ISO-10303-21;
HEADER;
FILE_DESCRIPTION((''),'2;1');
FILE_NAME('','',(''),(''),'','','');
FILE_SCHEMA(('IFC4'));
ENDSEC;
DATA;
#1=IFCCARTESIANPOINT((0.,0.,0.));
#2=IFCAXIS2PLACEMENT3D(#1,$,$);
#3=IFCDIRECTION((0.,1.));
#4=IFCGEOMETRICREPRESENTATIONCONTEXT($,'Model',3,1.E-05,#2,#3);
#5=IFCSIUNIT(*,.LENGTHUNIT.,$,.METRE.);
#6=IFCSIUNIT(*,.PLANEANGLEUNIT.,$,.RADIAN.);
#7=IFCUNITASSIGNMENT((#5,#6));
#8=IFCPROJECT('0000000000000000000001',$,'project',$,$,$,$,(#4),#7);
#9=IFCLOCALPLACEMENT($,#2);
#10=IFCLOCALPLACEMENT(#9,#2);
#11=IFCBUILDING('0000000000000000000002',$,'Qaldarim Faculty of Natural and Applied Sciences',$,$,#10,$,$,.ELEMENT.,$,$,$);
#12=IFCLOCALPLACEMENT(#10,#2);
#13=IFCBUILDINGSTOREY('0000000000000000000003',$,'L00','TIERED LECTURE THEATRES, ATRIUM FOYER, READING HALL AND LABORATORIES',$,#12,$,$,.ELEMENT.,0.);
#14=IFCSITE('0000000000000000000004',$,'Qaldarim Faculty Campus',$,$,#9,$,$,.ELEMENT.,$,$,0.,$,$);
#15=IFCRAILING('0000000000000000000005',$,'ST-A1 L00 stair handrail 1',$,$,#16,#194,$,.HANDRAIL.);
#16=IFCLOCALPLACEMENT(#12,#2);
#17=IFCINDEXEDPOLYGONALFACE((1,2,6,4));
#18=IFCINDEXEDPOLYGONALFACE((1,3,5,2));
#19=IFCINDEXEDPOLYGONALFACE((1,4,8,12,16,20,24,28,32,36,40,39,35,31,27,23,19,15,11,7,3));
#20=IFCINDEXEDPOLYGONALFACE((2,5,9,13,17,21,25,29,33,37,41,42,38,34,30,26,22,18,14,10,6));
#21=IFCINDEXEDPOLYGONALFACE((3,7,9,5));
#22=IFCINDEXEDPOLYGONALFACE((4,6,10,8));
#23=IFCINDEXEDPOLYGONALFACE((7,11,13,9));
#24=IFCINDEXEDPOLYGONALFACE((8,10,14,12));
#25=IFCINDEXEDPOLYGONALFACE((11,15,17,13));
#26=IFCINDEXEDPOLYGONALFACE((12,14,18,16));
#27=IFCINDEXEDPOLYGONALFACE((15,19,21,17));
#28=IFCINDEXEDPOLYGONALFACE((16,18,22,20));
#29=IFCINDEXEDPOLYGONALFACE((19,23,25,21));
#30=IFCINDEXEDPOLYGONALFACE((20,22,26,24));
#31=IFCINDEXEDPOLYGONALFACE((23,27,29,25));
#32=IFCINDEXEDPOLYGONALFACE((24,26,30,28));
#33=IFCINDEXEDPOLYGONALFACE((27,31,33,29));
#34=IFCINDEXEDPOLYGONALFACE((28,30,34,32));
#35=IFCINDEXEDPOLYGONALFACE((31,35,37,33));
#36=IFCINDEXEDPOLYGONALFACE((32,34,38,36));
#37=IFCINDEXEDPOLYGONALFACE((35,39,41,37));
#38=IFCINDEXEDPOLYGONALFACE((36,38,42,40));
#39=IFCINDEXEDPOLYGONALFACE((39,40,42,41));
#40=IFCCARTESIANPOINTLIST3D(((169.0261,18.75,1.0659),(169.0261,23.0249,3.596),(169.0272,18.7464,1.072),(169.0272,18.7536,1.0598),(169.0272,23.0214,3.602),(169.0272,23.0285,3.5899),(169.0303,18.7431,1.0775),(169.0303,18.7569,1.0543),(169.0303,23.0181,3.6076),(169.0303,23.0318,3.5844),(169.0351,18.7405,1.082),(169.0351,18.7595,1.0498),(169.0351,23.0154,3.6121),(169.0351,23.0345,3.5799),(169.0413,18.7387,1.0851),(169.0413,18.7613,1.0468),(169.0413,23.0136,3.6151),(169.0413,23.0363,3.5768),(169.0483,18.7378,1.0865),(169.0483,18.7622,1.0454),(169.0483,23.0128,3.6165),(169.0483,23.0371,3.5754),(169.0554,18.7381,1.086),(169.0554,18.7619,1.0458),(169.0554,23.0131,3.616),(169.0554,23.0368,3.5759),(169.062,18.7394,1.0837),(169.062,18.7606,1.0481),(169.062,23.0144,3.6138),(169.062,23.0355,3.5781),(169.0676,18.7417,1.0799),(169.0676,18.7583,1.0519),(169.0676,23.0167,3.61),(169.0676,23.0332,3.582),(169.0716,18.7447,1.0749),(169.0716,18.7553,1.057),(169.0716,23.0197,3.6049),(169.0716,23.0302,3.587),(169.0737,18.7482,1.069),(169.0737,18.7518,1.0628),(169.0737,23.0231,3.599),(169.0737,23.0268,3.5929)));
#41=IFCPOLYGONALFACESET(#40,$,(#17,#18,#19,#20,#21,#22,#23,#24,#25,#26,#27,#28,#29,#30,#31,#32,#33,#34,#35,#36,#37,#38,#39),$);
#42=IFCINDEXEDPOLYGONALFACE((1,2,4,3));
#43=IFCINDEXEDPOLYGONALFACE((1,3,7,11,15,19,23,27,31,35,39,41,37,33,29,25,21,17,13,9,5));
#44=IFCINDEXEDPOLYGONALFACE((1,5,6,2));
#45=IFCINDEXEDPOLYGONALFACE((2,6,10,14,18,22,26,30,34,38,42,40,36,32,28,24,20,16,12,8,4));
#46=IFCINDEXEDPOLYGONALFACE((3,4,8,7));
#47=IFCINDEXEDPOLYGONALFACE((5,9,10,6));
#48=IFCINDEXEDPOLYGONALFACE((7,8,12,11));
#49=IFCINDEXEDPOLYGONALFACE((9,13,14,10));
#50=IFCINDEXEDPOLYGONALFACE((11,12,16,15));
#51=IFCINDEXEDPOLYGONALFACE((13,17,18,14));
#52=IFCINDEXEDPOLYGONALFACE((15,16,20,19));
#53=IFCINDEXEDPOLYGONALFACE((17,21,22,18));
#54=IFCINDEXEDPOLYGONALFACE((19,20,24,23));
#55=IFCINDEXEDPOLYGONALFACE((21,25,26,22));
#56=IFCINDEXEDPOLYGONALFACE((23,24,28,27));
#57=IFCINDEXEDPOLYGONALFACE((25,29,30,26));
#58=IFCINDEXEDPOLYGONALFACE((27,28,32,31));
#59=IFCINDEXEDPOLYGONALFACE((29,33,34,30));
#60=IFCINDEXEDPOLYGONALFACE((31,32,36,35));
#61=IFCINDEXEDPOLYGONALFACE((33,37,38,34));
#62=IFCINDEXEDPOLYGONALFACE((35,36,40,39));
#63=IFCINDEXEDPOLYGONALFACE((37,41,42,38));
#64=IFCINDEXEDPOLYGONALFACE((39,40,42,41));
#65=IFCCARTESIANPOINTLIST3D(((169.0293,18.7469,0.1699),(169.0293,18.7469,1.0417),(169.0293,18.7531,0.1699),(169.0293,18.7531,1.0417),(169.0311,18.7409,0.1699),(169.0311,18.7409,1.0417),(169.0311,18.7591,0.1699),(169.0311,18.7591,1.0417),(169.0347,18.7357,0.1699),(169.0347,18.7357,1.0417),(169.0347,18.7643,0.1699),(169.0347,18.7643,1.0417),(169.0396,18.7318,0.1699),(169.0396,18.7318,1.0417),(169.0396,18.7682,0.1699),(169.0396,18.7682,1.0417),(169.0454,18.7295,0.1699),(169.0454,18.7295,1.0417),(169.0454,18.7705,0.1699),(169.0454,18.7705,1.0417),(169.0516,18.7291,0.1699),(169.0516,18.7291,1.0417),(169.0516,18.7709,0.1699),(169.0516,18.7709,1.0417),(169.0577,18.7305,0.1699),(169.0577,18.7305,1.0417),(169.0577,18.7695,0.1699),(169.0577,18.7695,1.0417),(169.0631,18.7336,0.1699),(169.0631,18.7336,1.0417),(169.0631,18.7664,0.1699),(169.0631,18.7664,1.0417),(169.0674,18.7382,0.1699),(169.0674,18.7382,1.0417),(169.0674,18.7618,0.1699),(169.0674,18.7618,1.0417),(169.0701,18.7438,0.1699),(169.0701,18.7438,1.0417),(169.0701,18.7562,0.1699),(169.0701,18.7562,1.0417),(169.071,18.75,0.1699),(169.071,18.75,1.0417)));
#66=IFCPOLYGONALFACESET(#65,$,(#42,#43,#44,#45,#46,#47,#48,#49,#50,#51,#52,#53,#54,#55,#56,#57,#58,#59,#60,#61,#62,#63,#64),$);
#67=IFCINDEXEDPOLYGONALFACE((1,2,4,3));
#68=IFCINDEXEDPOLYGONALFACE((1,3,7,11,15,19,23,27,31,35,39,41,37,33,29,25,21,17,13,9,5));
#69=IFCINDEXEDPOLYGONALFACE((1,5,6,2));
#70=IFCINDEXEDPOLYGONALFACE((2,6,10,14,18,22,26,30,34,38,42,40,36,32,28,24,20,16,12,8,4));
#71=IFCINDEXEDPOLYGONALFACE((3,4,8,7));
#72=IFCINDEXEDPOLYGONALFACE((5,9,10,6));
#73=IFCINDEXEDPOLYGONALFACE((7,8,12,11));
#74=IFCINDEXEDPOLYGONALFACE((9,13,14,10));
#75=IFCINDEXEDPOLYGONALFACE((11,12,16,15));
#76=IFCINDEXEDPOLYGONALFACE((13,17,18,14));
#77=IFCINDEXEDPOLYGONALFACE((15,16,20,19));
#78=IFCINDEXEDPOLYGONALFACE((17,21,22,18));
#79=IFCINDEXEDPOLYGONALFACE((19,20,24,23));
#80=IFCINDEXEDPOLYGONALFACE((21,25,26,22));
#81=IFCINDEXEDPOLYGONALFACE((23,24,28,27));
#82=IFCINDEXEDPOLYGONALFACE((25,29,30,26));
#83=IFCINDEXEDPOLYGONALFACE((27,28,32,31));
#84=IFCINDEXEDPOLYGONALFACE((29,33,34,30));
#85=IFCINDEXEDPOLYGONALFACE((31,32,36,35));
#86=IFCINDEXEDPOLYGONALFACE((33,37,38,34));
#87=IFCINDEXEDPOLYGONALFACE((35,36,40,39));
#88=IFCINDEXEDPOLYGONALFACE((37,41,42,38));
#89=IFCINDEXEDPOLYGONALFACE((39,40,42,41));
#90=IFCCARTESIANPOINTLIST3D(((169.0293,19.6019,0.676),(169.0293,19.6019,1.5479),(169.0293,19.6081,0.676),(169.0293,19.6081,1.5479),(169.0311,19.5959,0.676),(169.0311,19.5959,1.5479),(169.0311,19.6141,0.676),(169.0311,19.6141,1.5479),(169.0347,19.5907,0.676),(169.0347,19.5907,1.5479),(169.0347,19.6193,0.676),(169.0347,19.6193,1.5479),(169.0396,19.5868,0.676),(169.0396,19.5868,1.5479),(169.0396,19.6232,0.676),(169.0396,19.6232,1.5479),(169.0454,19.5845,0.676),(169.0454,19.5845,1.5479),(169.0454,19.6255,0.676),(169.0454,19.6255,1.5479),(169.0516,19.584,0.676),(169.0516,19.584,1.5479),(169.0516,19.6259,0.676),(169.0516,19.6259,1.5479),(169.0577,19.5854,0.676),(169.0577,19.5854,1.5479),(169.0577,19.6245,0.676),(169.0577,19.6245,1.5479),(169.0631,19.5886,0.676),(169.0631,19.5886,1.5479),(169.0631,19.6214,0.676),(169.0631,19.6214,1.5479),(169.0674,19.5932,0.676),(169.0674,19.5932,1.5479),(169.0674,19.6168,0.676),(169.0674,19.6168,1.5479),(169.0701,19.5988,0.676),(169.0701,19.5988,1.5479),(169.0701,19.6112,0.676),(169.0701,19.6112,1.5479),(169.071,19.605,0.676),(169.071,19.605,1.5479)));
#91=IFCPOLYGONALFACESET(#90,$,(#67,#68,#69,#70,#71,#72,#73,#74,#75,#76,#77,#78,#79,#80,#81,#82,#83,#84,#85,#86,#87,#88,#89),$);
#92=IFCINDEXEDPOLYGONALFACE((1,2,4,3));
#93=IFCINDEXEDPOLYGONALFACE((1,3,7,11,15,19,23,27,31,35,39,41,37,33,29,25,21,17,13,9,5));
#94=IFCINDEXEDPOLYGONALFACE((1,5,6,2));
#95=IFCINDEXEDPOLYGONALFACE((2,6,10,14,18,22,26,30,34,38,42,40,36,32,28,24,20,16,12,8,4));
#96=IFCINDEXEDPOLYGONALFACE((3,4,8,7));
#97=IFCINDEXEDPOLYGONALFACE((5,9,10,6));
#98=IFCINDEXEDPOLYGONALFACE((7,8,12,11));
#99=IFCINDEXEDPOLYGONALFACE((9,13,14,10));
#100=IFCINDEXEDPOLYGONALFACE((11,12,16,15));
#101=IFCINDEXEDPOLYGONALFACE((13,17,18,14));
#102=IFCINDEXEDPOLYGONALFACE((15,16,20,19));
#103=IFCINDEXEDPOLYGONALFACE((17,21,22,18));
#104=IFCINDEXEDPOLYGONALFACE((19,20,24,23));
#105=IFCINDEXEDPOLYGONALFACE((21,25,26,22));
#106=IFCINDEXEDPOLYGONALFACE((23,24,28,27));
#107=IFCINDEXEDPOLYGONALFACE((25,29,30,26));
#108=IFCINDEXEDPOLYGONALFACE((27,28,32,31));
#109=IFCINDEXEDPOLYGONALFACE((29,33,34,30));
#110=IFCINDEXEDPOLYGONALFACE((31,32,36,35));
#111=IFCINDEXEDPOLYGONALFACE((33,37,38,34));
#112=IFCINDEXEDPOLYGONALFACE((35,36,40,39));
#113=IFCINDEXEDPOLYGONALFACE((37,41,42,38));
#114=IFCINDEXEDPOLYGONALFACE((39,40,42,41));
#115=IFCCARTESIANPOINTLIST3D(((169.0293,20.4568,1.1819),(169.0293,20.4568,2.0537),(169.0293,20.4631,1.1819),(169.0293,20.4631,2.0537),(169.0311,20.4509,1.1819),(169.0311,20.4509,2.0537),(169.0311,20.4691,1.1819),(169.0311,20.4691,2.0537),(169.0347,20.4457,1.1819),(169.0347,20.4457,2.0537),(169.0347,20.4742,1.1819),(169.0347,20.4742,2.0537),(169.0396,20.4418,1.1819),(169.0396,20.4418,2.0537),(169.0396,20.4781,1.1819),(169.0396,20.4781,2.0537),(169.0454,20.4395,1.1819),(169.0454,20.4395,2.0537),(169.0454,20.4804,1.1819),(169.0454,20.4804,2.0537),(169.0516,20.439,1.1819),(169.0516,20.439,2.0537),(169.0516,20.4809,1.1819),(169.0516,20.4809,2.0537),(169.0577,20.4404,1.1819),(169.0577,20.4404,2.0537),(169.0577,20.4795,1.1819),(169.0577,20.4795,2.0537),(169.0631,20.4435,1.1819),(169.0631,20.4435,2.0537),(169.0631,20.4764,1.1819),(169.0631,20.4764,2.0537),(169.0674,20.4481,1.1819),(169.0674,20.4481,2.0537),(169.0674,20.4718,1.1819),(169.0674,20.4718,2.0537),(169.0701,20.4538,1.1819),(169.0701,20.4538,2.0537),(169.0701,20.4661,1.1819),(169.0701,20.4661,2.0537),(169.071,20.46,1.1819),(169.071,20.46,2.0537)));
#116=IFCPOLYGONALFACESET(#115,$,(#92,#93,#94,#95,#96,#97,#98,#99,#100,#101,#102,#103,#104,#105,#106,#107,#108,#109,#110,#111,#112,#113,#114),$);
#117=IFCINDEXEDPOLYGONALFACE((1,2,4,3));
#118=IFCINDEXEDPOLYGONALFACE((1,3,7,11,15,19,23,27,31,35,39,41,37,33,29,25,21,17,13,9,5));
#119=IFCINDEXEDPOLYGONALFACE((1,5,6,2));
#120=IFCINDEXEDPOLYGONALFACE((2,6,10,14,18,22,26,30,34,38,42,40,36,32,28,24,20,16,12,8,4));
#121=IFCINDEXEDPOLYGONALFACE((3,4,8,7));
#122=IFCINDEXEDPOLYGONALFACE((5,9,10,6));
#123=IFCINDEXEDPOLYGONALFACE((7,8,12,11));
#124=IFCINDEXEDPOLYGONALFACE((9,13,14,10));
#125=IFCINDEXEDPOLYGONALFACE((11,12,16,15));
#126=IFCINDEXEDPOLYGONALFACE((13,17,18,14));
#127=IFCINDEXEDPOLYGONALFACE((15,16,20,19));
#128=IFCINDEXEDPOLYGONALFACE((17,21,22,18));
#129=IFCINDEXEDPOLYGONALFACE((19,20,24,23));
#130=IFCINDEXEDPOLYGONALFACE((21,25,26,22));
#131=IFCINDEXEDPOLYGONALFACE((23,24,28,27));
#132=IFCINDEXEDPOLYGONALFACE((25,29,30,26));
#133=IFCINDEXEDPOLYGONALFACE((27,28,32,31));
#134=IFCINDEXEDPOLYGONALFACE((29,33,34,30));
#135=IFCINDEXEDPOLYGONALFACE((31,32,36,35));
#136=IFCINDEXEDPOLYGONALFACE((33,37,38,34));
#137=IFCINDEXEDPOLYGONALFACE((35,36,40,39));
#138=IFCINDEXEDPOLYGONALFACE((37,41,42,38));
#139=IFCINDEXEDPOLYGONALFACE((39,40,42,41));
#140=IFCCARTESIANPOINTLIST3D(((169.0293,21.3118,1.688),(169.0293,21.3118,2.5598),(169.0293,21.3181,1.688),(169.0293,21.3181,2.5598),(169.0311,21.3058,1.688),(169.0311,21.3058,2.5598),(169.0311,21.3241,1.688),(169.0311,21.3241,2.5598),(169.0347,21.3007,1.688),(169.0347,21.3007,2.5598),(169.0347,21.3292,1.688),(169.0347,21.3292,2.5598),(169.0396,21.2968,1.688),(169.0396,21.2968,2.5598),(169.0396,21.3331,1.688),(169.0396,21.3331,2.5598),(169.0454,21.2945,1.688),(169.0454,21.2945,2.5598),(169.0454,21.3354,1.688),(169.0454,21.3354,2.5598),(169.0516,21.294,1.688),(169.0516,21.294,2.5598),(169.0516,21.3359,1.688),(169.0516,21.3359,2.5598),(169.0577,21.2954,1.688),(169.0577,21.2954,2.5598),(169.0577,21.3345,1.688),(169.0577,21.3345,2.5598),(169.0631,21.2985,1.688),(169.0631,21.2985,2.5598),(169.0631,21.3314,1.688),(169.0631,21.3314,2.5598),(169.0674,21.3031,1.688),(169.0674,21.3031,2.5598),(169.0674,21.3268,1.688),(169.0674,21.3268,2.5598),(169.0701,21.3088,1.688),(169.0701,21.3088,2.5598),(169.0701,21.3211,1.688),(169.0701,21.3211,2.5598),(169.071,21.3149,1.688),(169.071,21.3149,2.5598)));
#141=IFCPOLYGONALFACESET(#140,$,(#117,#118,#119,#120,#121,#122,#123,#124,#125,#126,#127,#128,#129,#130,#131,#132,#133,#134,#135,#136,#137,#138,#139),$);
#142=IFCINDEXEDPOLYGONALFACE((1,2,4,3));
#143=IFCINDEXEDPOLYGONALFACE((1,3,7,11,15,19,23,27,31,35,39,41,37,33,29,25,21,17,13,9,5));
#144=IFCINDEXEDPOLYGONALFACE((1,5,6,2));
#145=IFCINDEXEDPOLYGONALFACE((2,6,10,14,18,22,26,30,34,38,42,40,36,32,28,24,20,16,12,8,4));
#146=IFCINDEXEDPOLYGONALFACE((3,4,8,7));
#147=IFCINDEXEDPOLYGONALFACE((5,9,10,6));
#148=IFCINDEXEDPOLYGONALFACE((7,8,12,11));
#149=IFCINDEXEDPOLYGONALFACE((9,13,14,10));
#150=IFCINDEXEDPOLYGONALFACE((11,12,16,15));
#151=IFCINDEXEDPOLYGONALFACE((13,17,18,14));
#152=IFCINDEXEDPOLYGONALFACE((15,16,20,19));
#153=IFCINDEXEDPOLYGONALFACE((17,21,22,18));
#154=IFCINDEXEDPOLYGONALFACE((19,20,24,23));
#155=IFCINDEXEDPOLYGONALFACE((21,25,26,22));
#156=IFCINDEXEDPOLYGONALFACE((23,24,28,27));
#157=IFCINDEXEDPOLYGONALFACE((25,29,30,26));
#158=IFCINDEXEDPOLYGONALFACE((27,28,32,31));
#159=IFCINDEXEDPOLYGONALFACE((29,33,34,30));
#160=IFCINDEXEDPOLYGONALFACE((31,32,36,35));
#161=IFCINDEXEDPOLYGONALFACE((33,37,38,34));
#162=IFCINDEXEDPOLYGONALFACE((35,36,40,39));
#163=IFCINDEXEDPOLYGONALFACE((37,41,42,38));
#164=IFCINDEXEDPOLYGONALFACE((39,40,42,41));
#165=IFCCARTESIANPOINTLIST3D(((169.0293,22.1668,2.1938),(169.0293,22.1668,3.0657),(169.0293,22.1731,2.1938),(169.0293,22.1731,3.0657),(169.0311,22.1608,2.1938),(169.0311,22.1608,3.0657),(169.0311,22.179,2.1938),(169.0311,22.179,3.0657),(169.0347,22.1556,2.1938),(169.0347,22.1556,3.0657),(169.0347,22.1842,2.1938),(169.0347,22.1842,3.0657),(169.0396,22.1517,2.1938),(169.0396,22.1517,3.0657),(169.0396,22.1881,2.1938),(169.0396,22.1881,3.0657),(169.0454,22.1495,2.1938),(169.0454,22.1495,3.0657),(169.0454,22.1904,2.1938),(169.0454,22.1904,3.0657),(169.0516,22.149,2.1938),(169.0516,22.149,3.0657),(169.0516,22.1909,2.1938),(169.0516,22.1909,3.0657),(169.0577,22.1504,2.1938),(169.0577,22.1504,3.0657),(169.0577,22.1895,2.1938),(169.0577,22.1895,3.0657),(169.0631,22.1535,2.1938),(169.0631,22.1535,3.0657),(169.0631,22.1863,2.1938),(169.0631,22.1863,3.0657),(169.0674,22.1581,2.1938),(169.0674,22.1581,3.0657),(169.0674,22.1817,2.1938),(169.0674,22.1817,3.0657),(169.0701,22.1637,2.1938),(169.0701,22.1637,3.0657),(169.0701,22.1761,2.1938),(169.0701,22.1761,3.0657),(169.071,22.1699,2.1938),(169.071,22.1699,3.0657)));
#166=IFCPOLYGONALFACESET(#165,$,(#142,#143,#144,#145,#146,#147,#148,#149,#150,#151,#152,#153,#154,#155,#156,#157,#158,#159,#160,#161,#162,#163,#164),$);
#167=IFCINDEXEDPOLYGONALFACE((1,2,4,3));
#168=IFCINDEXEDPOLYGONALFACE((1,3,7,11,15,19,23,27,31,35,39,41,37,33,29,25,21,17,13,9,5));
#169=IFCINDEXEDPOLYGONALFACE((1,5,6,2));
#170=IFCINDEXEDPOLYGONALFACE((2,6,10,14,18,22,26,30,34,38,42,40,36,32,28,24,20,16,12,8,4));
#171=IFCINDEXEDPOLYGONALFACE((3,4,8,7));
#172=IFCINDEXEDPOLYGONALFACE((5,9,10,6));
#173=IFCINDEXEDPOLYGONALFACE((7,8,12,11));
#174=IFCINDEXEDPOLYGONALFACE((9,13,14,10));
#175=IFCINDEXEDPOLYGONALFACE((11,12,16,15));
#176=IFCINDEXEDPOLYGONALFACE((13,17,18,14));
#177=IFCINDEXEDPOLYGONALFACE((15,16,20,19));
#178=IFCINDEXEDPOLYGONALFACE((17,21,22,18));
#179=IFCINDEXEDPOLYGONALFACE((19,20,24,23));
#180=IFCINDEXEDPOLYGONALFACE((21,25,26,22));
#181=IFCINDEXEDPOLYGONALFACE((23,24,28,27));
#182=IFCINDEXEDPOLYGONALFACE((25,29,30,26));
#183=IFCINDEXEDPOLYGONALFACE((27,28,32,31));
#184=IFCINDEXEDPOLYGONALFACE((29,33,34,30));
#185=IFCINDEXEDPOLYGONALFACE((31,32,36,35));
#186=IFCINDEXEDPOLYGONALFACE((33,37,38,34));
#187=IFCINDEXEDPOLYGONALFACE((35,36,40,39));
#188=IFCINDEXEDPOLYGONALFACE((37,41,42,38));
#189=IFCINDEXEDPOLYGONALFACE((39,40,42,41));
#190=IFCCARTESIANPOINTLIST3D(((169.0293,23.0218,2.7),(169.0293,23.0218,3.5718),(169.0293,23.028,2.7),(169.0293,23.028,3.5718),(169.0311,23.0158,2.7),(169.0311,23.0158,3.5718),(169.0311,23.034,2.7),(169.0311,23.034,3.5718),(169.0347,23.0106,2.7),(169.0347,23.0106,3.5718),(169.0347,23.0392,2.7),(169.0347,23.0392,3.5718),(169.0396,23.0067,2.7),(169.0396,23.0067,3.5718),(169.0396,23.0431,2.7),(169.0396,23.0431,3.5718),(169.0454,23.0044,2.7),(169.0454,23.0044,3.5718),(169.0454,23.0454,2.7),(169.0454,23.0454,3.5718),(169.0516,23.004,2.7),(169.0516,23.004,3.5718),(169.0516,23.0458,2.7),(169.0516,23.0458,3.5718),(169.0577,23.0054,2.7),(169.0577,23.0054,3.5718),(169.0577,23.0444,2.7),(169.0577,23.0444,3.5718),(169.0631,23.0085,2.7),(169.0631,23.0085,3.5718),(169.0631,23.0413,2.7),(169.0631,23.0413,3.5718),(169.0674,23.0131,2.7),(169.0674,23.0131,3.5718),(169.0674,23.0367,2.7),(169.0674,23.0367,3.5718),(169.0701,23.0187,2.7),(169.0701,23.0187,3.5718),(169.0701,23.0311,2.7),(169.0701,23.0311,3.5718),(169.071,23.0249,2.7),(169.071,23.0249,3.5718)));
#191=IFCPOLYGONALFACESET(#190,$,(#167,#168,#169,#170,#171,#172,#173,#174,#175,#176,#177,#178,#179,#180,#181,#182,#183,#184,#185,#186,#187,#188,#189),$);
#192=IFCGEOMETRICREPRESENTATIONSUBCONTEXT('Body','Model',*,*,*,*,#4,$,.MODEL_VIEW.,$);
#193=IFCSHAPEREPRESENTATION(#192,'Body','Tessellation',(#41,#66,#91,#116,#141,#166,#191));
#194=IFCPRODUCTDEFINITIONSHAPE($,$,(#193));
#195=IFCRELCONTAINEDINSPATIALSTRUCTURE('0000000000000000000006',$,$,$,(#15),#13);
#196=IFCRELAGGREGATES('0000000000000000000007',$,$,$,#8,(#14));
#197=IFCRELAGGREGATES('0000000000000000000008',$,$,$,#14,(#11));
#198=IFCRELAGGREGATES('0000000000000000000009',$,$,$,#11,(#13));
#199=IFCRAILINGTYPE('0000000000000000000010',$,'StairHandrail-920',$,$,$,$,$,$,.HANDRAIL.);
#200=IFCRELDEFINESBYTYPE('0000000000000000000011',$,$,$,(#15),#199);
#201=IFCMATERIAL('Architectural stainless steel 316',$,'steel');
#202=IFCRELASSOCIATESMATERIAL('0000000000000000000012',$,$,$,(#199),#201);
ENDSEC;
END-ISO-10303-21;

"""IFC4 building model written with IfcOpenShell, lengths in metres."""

from ifc_helpers import new_model, si_unit, direction, frame, origin, origin_2d, place, context, subcontext, project, spatial, circle, extrude, material, type_object, element, save


model = new_model("IFC4")

# Units and contexts
model_context = context("Model", 3, precision=1e-05, world=origin(), true_north=direction((0.0, 1.0)))
body_context = subcontext(model_context, "Body", "Model", "MODEL_VIEW")
ifc_project = project(units=[si_unit("LENGTHUNIT", "METRE"), si_unit("PLANEANGLEUNIT", "RADIAN")], contexts=[model_context])

# Site, building, storey
site_placement = place(None, origin())
site = spatial("IfcSite", under=ifc_project, at=site_placement, Name="Qaldarim Faculty Campus", CompositionType="ELEMENT", RefElevation=0.0)
building_placement = place(site_placement, origin())
building = spatial("IfcBuilding", under=site, at=building_placement, Name="Qaldarim Faculty of Natural and Applied Sciences", CompositionType="ELEMENT")
storey_placement = place(building_placement, origin())
storey = spatial("IfcBuildingStorey", under=building, at=storey_placement, Name="L00", Description="TIERED LECTURE THEATRES, ATRIUM FOYER, READING HALL AND LABORATORIES", CompositionType="ELEMENT", Elevation=0.0)

# Shared definitions
ifc_material_1 = material(Name="Architectural stainless steel 316", Category="steel")

# Railing
railing_type_1 = type_object("IfcRailingType", Name="StairHandrail-920", PredefinedType="HANDRAIL", material=ifc_material_1)
railing_1_placement = place(storey_placement, frame((169.05, 18.75, 0.1699)))
element("IfcRailing", 1, at=railing_1_placement, inside=storey, type_object=railing_type_1, Name="ST-A1 L00 stair handrail 1", PredefinedType="HANDRAIL", context=body_context, shape_type="SweptSolid", body=[
    extrude(circle(Radius=0.0239, at=origin_2d()), frame((0.0, 0.0, 0.896), z_axis=(0.0, 0.860578, 0.509319), x_axis=(-1.0, 0.0, 0.0)), (0.0, 0.0, 1.0), 4.9675),
    extrude(circle(Radius=0.021, at=origin_2d()), origin(), (0.0, 0.0, 1.0), 0.8718),
    extrude(circle(Radius=0.021, at=origin_2d()), frame((0.0, 0.855, 0.5061)), (0.0, 0.0, 1.0), 0.8718),
    extrude(circle(Radius=0.021, at=origin_2d()), frame((0.0, 1.71, 1.012)), (0.0, 0.0, 1.0), 0.8718),
    extrude(circle(Radius=0.021, at=origin_2d()), frame((0.0, 2.5649, 1.5181)), (0.0, 0.0, 1.0), 0.8718),
    extrude(circle(Radius=0.021, at=origin_2d()), frame((0.0, 3.4199, 2.0239)), (0.0, 0.0, 1.0), 0.8718),
    extrude(circle(Radius=0.021, at=origin_2d()), frame((0.0, 4.2749, 2.53)), (0.0, 0.0, 1.0), 0.8718),
])

save(model, "model.ifc")
